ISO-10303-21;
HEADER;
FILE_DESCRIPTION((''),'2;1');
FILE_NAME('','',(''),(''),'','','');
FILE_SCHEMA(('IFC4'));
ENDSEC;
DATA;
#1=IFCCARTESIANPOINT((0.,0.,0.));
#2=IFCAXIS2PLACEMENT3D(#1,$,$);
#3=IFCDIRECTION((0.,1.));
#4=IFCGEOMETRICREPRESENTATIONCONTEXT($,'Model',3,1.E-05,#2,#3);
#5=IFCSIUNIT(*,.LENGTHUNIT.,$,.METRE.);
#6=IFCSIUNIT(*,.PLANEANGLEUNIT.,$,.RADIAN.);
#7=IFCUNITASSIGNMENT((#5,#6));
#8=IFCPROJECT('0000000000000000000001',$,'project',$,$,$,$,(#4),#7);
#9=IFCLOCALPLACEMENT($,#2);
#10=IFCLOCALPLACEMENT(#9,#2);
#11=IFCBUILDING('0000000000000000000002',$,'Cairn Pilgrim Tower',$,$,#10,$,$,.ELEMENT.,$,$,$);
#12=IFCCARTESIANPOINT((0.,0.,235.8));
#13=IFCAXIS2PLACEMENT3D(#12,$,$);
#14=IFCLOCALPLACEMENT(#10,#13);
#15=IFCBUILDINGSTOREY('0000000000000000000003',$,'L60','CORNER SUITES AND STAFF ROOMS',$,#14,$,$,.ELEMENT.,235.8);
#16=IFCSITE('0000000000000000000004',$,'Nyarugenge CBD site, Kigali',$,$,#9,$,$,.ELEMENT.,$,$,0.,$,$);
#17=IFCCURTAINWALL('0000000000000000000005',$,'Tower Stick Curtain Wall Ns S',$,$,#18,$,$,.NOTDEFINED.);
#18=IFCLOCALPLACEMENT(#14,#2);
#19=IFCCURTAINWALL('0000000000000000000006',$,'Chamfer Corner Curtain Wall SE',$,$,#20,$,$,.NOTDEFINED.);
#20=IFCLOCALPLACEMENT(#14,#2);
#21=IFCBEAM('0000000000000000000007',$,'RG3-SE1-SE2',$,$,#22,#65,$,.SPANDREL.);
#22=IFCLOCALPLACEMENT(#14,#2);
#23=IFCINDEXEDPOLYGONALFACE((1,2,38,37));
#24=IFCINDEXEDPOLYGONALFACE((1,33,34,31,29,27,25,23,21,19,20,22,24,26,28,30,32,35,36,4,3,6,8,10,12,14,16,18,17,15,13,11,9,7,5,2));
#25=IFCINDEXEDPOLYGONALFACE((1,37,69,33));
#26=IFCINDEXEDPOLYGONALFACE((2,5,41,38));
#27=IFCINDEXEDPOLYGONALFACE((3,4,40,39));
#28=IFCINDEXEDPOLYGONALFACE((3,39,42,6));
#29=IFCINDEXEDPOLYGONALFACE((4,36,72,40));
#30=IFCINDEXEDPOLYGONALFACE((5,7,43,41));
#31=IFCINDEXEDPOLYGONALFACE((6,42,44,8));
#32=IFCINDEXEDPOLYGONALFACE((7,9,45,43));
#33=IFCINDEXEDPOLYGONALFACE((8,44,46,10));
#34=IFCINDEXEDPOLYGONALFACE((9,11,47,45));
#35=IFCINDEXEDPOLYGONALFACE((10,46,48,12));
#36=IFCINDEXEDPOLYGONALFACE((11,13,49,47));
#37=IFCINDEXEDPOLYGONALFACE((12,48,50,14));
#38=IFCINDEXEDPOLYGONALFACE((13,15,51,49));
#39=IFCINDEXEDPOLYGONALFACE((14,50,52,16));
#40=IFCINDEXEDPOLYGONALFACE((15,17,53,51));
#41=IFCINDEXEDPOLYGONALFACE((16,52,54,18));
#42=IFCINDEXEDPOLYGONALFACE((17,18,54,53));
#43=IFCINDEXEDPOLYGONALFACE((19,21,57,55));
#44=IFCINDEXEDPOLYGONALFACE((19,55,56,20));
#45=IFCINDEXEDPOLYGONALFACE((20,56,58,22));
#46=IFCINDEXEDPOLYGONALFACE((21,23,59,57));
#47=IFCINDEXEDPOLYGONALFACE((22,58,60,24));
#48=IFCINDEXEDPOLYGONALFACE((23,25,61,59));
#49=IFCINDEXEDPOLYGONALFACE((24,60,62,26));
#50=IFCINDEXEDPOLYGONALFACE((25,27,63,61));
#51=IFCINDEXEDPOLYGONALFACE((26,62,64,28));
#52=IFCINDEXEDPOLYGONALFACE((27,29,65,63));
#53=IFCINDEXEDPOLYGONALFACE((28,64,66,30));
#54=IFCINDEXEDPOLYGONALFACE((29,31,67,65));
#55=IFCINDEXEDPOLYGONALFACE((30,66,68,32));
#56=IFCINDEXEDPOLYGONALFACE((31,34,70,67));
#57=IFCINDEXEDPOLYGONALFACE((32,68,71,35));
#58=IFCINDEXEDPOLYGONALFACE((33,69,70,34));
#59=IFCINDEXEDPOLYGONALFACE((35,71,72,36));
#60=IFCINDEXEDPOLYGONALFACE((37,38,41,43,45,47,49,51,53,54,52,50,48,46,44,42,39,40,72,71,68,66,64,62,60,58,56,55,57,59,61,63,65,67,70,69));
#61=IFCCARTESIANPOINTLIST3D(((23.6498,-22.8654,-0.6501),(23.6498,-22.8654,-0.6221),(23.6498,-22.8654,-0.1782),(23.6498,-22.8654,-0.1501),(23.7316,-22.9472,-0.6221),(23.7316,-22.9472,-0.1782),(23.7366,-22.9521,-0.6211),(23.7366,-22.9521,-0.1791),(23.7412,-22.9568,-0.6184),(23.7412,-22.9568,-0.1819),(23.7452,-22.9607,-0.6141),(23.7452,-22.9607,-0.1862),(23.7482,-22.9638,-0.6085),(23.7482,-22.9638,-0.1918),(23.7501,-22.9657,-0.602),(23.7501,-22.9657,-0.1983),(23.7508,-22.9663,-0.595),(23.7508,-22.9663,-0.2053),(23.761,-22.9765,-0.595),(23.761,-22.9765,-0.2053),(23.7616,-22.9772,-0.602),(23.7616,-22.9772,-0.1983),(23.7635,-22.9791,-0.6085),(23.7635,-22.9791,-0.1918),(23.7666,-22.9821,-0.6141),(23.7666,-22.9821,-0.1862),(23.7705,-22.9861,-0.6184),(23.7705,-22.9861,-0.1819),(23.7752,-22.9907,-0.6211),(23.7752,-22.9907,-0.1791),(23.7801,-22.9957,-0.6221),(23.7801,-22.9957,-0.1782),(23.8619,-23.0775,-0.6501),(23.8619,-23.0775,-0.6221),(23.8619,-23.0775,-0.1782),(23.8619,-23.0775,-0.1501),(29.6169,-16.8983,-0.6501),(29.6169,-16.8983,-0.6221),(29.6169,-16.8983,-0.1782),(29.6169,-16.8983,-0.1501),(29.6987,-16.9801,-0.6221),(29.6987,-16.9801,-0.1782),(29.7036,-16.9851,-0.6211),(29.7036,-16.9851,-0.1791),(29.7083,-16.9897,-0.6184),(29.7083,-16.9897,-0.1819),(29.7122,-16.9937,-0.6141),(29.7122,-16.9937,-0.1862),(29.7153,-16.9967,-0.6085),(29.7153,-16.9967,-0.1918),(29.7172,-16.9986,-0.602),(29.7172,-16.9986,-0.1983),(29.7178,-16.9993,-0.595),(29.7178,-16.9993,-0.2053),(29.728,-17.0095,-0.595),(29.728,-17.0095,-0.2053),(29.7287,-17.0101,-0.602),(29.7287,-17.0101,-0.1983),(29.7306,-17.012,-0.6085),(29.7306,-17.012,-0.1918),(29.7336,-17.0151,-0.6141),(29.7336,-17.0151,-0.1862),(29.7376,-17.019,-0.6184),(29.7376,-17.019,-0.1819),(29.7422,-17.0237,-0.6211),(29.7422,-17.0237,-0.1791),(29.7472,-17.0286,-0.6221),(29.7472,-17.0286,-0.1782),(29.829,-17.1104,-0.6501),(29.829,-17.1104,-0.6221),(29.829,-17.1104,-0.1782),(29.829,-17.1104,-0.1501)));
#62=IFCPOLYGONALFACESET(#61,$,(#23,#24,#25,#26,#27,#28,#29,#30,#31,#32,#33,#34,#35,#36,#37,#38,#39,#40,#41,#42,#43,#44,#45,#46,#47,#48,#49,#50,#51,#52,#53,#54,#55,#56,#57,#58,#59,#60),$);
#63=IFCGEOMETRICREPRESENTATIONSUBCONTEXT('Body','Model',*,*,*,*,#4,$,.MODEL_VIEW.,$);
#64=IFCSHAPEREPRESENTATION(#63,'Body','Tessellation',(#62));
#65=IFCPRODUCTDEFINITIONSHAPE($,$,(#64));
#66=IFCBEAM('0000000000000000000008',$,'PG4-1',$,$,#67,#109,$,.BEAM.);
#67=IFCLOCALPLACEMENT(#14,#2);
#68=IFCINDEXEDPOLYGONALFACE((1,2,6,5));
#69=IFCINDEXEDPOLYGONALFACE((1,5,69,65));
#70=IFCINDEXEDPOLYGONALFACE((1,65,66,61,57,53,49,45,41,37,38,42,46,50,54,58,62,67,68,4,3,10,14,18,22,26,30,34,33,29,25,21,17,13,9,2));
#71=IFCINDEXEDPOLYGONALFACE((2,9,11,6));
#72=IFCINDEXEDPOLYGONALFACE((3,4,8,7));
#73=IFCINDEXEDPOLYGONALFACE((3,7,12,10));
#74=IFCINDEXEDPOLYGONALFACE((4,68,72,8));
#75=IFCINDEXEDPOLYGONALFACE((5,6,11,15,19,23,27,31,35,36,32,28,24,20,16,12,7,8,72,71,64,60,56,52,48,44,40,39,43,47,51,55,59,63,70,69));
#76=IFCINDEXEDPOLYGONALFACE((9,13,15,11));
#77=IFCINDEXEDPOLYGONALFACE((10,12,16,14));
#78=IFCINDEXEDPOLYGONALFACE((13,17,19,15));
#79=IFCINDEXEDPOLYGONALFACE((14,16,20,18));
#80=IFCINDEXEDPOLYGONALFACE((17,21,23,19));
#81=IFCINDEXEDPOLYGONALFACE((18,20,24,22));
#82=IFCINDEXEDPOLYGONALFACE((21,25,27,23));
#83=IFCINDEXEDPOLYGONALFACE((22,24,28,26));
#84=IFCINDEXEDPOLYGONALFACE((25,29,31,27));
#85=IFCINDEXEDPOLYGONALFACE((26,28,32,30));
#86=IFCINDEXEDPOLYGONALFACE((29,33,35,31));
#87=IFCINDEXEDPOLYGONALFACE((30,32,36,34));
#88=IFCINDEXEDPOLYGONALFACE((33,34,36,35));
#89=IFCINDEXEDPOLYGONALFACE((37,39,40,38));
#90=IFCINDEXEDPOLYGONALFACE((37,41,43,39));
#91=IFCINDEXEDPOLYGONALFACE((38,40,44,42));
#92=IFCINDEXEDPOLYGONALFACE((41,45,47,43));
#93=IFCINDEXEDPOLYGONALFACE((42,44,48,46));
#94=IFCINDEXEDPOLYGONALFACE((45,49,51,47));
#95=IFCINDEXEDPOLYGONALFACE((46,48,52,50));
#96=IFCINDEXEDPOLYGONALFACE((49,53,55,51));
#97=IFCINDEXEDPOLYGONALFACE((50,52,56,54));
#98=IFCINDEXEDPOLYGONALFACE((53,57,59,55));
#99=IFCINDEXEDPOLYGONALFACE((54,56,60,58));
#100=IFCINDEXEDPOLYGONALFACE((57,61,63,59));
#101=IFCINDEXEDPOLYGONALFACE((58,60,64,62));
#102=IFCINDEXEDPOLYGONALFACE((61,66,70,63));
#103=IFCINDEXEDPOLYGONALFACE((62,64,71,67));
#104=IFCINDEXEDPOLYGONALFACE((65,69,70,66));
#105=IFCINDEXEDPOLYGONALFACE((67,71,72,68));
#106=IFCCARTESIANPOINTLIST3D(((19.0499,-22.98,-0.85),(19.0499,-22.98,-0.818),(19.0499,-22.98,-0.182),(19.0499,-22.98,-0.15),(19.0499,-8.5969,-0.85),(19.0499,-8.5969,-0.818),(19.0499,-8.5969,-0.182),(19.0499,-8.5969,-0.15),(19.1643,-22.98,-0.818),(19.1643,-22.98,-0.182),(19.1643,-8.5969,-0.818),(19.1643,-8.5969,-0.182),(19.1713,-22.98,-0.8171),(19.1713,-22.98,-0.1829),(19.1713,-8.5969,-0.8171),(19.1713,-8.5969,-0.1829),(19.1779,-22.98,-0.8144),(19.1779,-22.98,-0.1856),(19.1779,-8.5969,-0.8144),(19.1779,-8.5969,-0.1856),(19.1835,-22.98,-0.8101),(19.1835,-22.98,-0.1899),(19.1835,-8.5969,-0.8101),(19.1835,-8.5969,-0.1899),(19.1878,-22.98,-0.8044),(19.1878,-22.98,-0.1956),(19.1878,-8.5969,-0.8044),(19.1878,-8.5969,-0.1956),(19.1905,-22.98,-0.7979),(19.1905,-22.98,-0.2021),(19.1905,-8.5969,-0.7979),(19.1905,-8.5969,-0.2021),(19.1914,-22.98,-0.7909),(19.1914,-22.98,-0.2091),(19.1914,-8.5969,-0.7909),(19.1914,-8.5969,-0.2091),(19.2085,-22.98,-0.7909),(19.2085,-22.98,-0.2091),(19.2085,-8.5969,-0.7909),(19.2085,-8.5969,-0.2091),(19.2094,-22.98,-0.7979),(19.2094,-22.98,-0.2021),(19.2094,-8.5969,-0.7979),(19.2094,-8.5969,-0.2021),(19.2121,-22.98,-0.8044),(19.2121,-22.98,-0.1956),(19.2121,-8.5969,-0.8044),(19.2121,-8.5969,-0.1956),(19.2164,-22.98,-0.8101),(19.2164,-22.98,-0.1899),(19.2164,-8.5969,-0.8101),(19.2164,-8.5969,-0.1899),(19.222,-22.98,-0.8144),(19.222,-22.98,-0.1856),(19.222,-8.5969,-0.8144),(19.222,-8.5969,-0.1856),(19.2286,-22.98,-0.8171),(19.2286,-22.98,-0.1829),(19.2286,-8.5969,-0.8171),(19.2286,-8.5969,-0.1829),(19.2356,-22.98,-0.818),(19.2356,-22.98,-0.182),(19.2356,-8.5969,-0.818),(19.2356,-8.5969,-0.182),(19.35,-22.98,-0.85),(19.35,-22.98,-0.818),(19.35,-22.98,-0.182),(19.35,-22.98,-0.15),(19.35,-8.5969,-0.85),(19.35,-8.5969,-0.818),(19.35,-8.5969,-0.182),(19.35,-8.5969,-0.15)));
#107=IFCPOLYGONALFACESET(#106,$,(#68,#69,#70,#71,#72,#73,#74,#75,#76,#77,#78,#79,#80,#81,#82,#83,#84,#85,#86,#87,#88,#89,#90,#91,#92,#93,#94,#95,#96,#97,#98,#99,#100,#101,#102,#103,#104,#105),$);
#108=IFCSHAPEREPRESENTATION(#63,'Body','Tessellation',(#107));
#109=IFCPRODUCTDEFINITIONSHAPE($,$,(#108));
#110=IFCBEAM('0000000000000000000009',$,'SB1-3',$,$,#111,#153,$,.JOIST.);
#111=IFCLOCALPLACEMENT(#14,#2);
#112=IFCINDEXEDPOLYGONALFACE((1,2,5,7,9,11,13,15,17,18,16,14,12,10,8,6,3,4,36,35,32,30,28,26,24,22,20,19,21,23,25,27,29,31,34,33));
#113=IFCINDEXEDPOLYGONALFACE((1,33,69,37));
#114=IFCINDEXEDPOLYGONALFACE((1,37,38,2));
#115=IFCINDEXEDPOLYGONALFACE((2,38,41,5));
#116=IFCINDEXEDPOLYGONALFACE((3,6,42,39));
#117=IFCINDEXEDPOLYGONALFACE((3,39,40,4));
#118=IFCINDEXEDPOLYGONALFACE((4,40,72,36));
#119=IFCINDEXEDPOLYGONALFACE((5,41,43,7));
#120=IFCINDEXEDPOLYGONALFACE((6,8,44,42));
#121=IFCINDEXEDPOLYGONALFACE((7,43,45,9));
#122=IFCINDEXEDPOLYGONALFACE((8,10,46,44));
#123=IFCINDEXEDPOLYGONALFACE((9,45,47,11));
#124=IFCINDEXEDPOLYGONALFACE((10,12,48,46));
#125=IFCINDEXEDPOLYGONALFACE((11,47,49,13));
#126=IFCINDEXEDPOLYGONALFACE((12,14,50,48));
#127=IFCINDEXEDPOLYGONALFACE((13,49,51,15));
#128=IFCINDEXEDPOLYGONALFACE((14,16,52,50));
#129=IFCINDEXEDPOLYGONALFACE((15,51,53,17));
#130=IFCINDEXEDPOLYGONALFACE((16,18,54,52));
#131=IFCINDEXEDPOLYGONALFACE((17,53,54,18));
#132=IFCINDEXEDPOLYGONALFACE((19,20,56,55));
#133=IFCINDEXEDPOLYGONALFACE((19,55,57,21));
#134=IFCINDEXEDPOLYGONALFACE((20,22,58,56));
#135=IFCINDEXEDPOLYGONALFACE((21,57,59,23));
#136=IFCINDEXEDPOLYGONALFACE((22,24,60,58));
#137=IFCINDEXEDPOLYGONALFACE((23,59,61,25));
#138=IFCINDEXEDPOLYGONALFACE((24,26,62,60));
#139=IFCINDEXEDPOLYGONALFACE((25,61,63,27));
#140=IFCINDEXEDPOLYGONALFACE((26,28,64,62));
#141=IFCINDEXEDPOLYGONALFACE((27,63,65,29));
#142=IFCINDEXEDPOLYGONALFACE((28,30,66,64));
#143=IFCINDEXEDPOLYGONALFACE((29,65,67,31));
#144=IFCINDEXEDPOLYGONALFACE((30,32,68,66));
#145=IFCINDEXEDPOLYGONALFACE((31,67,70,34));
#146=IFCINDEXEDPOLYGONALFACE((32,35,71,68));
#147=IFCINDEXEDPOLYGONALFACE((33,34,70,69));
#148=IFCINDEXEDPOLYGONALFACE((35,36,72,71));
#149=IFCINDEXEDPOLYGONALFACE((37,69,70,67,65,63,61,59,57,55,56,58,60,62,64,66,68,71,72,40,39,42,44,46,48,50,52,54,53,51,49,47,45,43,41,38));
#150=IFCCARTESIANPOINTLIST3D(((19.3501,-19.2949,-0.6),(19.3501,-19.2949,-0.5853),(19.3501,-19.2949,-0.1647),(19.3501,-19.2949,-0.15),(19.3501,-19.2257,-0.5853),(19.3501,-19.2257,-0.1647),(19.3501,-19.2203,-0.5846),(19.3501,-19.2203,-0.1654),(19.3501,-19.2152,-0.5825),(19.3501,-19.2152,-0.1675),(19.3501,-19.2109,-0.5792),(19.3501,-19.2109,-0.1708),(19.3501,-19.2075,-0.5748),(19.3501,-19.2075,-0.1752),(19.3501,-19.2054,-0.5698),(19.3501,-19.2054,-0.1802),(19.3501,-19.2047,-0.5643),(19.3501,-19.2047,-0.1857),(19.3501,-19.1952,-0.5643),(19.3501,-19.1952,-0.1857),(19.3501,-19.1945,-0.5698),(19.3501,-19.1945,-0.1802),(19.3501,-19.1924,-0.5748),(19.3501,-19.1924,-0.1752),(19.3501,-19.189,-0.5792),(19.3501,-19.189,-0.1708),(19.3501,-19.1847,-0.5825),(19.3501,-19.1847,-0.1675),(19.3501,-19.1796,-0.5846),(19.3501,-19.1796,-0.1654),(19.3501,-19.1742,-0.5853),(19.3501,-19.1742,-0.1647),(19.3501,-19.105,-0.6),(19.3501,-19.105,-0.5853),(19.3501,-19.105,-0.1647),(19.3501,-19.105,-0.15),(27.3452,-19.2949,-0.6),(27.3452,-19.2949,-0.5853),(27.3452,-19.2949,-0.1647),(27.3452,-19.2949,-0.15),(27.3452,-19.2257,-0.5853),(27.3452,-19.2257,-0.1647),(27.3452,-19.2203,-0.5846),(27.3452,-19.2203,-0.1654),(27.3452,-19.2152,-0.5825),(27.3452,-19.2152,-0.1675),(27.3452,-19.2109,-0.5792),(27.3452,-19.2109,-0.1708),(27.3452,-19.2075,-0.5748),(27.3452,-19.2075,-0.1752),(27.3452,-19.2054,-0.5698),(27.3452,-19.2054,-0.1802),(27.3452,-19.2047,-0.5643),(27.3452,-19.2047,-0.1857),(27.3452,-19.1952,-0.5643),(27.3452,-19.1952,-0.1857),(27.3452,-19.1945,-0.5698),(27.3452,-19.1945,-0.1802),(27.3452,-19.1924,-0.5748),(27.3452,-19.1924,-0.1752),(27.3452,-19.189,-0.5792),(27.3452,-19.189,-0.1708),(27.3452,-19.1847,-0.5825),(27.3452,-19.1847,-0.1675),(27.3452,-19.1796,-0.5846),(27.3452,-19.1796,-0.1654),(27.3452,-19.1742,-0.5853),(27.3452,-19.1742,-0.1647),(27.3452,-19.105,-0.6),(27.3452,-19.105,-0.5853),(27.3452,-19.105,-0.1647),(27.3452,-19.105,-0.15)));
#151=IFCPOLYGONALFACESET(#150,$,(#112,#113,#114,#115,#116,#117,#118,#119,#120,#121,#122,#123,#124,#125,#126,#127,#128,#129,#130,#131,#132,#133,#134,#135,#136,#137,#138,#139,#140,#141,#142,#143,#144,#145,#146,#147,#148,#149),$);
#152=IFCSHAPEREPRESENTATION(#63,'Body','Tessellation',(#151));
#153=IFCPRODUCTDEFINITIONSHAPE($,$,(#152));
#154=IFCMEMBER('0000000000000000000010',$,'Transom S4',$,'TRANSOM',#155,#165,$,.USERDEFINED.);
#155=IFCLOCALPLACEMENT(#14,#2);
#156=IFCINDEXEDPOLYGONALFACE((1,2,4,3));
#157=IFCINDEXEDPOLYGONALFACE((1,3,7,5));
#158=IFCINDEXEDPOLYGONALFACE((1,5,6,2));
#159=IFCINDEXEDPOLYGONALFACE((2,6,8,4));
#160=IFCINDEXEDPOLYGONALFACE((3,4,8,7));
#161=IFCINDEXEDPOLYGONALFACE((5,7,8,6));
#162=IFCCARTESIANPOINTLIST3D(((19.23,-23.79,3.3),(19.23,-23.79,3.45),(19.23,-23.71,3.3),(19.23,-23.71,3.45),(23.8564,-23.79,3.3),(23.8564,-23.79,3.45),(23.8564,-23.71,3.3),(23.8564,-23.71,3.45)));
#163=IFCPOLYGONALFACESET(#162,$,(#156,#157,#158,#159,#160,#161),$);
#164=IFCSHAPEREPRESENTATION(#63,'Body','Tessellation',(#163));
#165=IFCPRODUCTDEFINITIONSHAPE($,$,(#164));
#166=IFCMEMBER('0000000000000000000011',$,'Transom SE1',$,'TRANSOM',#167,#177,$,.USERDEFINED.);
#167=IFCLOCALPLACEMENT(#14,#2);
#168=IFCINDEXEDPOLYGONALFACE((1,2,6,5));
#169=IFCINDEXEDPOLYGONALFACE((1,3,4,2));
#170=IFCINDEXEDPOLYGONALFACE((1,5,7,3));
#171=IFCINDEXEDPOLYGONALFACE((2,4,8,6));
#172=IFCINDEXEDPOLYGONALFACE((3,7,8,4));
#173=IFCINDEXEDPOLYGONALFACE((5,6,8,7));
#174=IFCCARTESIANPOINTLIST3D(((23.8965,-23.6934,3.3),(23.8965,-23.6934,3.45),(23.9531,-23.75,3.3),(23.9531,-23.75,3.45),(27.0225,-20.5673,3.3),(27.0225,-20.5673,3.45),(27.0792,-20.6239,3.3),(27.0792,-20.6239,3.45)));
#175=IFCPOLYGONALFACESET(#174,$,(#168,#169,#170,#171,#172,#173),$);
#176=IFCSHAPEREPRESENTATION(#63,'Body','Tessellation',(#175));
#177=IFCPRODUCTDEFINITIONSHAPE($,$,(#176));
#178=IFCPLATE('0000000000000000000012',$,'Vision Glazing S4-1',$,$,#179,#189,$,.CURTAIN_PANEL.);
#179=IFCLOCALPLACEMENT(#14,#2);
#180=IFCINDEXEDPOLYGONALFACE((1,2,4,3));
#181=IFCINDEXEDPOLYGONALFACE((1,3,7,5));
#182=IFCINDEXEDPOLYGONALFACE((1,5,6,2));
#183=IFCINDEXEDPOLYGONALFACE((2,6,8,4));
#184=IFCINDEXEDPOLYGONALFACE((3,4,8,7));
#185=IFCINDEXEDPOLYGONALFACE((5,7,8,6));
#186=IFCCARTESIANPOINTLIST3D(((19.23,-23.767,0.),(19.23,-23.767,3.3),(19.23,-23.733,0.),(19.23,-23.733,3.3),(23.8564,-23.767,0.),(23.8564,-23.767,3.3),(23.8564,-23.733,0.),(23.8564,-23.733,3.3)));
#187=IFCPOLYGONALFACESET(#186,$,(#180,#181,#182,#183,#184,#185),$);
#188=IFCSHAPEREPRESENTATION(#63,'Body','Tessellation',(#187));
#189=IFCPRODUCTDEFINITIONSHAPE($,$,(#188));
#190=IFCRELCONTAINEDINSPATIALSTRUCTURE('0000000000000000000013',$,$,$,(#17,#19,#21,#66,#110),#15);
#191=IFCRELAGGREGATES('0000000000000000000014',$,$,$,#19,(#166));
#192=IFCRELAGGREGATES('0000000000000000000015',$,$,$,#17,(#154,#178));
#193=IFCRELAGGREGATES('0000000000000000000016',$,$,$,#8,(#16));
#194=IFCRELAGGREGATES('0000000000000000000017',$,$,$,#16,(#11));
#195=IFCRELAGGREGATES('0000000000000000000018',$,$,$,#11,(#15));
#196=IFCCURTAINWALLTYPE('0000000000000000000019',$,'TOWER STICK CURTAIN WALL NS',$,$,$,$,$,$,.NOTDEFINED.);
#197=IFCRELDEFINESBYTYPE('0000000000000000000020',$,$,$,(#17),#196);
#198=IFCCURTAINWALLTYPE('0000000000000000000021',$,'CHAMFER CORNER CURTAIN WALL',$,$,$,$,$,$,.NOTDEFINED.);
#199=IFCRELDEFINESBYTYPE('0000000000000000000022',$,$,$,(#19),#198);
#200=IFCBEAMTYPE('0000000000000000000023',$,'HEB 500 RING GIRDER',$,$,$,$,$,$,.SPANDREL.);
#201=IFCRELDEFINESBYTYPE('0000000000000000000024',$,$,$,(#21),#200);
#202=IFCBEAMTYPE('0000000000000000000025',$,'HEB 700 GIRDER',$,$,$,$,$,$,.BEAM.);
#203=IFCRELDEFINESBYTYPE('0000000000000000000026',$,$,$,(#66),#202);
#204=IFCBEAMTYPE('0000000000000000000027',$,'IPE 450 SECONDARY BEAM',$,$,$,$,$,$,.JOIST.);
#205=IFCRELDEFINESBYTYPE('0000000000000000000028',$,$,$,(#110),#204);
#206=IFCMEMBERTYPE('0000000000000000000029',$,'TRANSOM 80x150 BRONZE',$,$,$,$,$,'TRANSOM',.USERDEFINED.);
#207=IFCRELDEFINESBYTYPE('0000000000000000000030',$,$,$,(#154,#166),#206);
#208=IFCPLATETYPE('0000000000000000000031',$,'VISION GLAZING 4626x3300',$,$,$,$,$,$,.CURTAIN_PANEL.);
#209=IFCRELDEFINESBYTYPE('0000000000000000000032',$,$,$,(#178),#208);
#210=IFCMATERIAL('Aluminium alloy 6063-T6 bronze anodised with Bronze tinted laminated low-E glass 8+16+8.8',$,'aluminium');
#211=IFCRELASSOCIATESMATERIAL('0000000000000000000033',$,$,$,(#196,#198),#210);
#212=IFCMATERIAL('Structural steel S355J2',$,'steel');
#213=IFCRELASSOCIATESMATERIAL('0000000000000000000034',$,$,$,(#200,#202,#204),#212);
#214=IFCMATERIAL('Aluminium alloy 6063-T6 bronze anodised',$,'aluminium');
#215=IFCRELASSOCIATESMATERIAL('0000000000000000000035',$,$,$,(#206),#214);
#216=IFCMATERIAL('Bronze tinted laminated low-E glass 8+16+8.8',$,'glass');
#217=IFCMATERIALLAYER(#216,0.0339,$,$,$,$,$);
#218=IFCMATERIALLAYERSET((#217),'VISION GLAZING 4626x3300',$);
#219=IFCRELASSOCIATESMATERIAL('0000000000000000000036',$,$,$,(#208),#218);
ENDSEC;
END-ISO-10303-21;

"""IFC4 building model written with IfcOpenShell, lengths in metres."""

from ifc_helpers import new_model, si_unit, direction, frame, origin, origin_2d, place, context, subcontext, project, spatial, rectangle, i_section, extrude, material, layer, layer_set, material_profile, profile_set, type_object, element, aggregate, save


model = new_model("IFC4")

# Units and contexts
model_context = context("Model", 3, precision=1e-05, world=origin(), true_north=direction((0.0, 1.0)))
body_context = subcontext(model_context, "Body", "Model", "MODEL_VIEW")
ifc_project = project(units=[si_unit("LENGTHUNIT", "METRE"), si_unit("PLANEANGLEUNIT", "RADIAN")], contexts=[model_context])

# Site, building, storey
site_placement = place(None, origin())
site = spatial("IfcSite", under=ifc_project, at=site_placement, Name="Nyarugenge CBD site, Kigali", CompositionType="ELEMENT", RefElevation=0.0)
building_placement = place(site_placement, origin())
building = spatial("IfcBuilding", under=site, at=building_placement, Name="Cairn Pilgrim Tower", CompositionType="ELEMENT")
storey_placement = place(building_placement, frame((0.0, 0.0, 235.8)))
storey = spatial("IfcBuildingStorey", under=building, at=storey_placement, Name="L60", Description="CORNER SUITES AND STAFF ROOMS", CompositionType="ELEMENT", Elevation=235.8)

# Curtain wall
ifc_material_1 = material(Name="Aluminium alloy 6063-T6 bronze anodised with Bronze tinted laminated low-E glass 8+16+8.8", Category="aluminium")
curtain_wall_type_1 = type_object("IfcCurtainWallType", Name="TOWER STICK CURTAIN WALL NS", PredefinedType="NOTDEFINED", material=ifc_material_1)
curtain_wall_1_placement = place(storey_placement, origin())
curtain_wall_1 = element("IfcCurtainWall", 1, at=curtain_wall_1_placement, inside=storey, type_object=curtain_wall_type_1, Name="Tower Stick Curtain Wall Ns S", PredefinedType="NOTDEFINED")
ifc_material_2 = material(Name="Aluminium alloy 6063-T6 bronze anodised", Category="aluminium")

# Curtain wall
curtain_wall_type_2 = type_object("IfcCurtainWallType", Name="CHAMFER CORNER CURTAIN WALL", PredefinedType="NOTDEFINED", material=ifc_material_1)
curtain_wall_2_placement = place(storey_placement, origin())
curtain_wall_2 = element("IfcCurtainWall", 2, at=curtain_wall_2_placement, inside=storey, type_object=curtain_wall_type_2, Name="Chamfer Corner Curtain Wall SE", PredefinedType="NOTDEFINED")

# Beams
ifc_material_3 = material(Name="Structural steel S355J2", Category="steel")
ifc_material_profile_1 = material_profile(ifc_material_3, i_section(OverallWidth=0.3, OverallDepth=0.5, WebThickness=0.0144, FlangeThickness=0.0281, FilletRadius=0.0271, at=origin_2d()), Name="HEB 500")
ifc_profile_set_1 = profile_set([ifc_material_profile_1], Name="Structural steel S355J2")
beam_type_1 = type_object("IfcBeamType", Name="HEB 500 RING GIRDER", PredefinedType="SPANDREL", material=ifc_profile_set_1)
beam_1_placement = place(storey_placement, frame((23.7559, -22.9714, -0.4001), z_axis=(0.707107, 0.707107, 0.0), x_axis=(-0.707107, 0.707107, 0.0)))
element("IfcBeam", 3, at=beam_1_placement, inside=storey, type_object=beam_type_1, Name="RG3-SE1-SE2", PredefinedType="SPANDREL", context=body_context, shape_type="SweptSolid", body=[
    extrude(i_section(OverallWidth=0.3, OverallDepth=0.5, WebThickness=0.0144, FlangeThickness=0.0281, FilletRadius=0.0271, at=origin_2d()), origin(), (0.0, 0.0, 1.0), 8.4387),
])
ifc_material_profile_2 = material_profile(ifc_material_3, i_section(OverallWidth=0.3, OverallDepth=0.7, WebThickness=0.0171, FlangeThickness=0.032, FilletRadius=0.0271, at=origin_2d()), Name="HEB 700")
ifc_profile_set_2 = profile_set([ifc_material_profile_2], Name="Structural steel S355J2")
beam_type_2 = type_object("IfcBeamType", Name="HEB 700 GIRDER", PredefinedType="BEAM", material=ifc_profile_set_2)
beam_2_placement = place(storey_placement, frame((19.2, -22.98, -0.5), z_axis=(0.0, 1.0, 0.0), x_axis=(-1.0, 0.0, 0.0)))
element("IfcBeam", 4, at=beam_2_placement, inside=storey, type_object=beam_type_2, Name="PG4-1", PredefinedType="BEAM", context=body_context, shape_type="SweptSolid", body=[
    extrude(i_section(OverallWidth=0.3, OverallDepth=0.7, WebThickness=0.0171, FlangeThickness=0.032, FilletRadius=0.0271, at=origin_2d()), origin(), (0.0, 0.0, 1.0), 14.3831),
])
ifc_material_profile_3 = material_profile(ifc_material_3, i_section(OverallWidth=0.1899, OverallDepth=0.45, WebThickness=0.0095, FlangeThickness=0.0146, FilletRadius=0.021, at=origin_2d()), Name="IPE 450")
ifc_profile_set_3 = profile_set([ifc_material_profile_3], Name="Structural steel S355J2")
beam_type_3 = type_object("IfcBeamType", Name="IPE 450 SECONDARY BEAM", PredefinedType="JOIST", material=ifc_profile_set_3)
beam_3_placement = place(storey_placement, frame((19.3501, -19.2, -0.375), z_axis=(1.0, 0.0, 0.0), x_axis=(0.0, 1.0, 0.0)))
element("IfcBeam", 5, at=beam_3_placement, inside=storey, type_object=beam_type_3, Name="SB1-3", PredefinedType="JOIST", context=body_context, shape_type="SweptSolid", body=[
    extrude(i_section(OverallWidth=0.1899, OverallDepth=0.45, WebThickness=0.0095, FlangeThickness=0.0146, FilletRadius=0.021, at=origin_2d()), origin(), (0.0, 0.0, 1.0), 7.9951),
])

# Members
ifc_material_profile_4 = material_profile(ifc_material_2, rectangle(XDim=0.0801, YDim=0.1499, at=origin_2d()), Name="TRANSOM 80x150 BRONZE")
ifc_profile_set_4 = profile_set([ifc_material_profile_4], Name="Aluminium alloy 6063-T6 bronze anodised")
member_type_1 = type_object("IfcMemberType", Name="TRANSOM 80x150 BRONZE", ElementType="TRANSOM", PredefinedType="USERDEFINED", material=ifc_profile_set_4)
member_1_placement = place(storey_placement, frame((19.23, -23.75, 3.375), z_axis=(1.0, 0.0, 0.0), x_axis=(0.0, 1.0, 0.0)))
member_1 = element("IfcMember", 6, at=member_1_placement, type_object=member_type_1, Name="Transom S4", ObjectType="TRANSOM", PredefinedType="USERDEFINED", context=body_context, shape_type="SweptSolid", body=[
    extrude(rectangle(XDim=0.0801, YDim=0.1499, at=origin_2d()), origin(), (0.0, 0.0, 1.0), 4.6265),
])
member_2_placement = place(storey_placement, frame((23.9248, -23.7217, 3.375), z_axis=(0.707107, 0.707107, 0.0), x_axis=(-0.707107, 0.707107, 0.0)))
member_2 = element("IfcMember", 7, at=member_2_placement, type_object=member_type_1, Name="Transom SE1", ObjectType="TRANSOM", PredefinedType="USERDEFINED", context=body_context, shape_type="SweptSolid", body=[
    extrude(rectangle(XDim=0.0801, YDim=0.1499, at=origin_2d()), origin(), (0.0, 0.0, 1.0), 4.4209),
])
aggregate(curtain_wall_2, [member_2])

# Plate
ifc_material_4 = material(Name="Bronze tinted laminated low-E glass 8+16+8.8", Category="glass")
ifc_layer_1 = layer(ifc_material_4, 0.0339)
ifc_layer_set_1 = layer_set([ifc_layer_1], Name="VISION GLAZING 4626x3300")
plate_type = type_object("IfcPlateType", Name="VISION GLAZING 4626x3300", PredefinedType="CURTAIN_PANEL", material=ifc_layer_set_1)
plate_placement = place(storey_placement, frame((21.5432, -23.75, 0.0), z_axis=(0.0, 0.0, 1.0), x_axis=(1.0, 0.0, 0.0)))
plate = element("IfcPlate", 8, at=plate_placement, type_object=plate_type, Name="Vision Glazing S4-1", PredefinedType="CURTAIN_PANEL", context=body_context, shape_type="SweptSolid", body=[
    extrude(rectangle(XDim=4.6265, YDim=0.0339, at=origin_2d()), origin(), (0.0, 0.0, 1.0), 3.3),
])
aggregate(curtain_wall_1, [member_1, plate])

save(model, "model.ifc")
